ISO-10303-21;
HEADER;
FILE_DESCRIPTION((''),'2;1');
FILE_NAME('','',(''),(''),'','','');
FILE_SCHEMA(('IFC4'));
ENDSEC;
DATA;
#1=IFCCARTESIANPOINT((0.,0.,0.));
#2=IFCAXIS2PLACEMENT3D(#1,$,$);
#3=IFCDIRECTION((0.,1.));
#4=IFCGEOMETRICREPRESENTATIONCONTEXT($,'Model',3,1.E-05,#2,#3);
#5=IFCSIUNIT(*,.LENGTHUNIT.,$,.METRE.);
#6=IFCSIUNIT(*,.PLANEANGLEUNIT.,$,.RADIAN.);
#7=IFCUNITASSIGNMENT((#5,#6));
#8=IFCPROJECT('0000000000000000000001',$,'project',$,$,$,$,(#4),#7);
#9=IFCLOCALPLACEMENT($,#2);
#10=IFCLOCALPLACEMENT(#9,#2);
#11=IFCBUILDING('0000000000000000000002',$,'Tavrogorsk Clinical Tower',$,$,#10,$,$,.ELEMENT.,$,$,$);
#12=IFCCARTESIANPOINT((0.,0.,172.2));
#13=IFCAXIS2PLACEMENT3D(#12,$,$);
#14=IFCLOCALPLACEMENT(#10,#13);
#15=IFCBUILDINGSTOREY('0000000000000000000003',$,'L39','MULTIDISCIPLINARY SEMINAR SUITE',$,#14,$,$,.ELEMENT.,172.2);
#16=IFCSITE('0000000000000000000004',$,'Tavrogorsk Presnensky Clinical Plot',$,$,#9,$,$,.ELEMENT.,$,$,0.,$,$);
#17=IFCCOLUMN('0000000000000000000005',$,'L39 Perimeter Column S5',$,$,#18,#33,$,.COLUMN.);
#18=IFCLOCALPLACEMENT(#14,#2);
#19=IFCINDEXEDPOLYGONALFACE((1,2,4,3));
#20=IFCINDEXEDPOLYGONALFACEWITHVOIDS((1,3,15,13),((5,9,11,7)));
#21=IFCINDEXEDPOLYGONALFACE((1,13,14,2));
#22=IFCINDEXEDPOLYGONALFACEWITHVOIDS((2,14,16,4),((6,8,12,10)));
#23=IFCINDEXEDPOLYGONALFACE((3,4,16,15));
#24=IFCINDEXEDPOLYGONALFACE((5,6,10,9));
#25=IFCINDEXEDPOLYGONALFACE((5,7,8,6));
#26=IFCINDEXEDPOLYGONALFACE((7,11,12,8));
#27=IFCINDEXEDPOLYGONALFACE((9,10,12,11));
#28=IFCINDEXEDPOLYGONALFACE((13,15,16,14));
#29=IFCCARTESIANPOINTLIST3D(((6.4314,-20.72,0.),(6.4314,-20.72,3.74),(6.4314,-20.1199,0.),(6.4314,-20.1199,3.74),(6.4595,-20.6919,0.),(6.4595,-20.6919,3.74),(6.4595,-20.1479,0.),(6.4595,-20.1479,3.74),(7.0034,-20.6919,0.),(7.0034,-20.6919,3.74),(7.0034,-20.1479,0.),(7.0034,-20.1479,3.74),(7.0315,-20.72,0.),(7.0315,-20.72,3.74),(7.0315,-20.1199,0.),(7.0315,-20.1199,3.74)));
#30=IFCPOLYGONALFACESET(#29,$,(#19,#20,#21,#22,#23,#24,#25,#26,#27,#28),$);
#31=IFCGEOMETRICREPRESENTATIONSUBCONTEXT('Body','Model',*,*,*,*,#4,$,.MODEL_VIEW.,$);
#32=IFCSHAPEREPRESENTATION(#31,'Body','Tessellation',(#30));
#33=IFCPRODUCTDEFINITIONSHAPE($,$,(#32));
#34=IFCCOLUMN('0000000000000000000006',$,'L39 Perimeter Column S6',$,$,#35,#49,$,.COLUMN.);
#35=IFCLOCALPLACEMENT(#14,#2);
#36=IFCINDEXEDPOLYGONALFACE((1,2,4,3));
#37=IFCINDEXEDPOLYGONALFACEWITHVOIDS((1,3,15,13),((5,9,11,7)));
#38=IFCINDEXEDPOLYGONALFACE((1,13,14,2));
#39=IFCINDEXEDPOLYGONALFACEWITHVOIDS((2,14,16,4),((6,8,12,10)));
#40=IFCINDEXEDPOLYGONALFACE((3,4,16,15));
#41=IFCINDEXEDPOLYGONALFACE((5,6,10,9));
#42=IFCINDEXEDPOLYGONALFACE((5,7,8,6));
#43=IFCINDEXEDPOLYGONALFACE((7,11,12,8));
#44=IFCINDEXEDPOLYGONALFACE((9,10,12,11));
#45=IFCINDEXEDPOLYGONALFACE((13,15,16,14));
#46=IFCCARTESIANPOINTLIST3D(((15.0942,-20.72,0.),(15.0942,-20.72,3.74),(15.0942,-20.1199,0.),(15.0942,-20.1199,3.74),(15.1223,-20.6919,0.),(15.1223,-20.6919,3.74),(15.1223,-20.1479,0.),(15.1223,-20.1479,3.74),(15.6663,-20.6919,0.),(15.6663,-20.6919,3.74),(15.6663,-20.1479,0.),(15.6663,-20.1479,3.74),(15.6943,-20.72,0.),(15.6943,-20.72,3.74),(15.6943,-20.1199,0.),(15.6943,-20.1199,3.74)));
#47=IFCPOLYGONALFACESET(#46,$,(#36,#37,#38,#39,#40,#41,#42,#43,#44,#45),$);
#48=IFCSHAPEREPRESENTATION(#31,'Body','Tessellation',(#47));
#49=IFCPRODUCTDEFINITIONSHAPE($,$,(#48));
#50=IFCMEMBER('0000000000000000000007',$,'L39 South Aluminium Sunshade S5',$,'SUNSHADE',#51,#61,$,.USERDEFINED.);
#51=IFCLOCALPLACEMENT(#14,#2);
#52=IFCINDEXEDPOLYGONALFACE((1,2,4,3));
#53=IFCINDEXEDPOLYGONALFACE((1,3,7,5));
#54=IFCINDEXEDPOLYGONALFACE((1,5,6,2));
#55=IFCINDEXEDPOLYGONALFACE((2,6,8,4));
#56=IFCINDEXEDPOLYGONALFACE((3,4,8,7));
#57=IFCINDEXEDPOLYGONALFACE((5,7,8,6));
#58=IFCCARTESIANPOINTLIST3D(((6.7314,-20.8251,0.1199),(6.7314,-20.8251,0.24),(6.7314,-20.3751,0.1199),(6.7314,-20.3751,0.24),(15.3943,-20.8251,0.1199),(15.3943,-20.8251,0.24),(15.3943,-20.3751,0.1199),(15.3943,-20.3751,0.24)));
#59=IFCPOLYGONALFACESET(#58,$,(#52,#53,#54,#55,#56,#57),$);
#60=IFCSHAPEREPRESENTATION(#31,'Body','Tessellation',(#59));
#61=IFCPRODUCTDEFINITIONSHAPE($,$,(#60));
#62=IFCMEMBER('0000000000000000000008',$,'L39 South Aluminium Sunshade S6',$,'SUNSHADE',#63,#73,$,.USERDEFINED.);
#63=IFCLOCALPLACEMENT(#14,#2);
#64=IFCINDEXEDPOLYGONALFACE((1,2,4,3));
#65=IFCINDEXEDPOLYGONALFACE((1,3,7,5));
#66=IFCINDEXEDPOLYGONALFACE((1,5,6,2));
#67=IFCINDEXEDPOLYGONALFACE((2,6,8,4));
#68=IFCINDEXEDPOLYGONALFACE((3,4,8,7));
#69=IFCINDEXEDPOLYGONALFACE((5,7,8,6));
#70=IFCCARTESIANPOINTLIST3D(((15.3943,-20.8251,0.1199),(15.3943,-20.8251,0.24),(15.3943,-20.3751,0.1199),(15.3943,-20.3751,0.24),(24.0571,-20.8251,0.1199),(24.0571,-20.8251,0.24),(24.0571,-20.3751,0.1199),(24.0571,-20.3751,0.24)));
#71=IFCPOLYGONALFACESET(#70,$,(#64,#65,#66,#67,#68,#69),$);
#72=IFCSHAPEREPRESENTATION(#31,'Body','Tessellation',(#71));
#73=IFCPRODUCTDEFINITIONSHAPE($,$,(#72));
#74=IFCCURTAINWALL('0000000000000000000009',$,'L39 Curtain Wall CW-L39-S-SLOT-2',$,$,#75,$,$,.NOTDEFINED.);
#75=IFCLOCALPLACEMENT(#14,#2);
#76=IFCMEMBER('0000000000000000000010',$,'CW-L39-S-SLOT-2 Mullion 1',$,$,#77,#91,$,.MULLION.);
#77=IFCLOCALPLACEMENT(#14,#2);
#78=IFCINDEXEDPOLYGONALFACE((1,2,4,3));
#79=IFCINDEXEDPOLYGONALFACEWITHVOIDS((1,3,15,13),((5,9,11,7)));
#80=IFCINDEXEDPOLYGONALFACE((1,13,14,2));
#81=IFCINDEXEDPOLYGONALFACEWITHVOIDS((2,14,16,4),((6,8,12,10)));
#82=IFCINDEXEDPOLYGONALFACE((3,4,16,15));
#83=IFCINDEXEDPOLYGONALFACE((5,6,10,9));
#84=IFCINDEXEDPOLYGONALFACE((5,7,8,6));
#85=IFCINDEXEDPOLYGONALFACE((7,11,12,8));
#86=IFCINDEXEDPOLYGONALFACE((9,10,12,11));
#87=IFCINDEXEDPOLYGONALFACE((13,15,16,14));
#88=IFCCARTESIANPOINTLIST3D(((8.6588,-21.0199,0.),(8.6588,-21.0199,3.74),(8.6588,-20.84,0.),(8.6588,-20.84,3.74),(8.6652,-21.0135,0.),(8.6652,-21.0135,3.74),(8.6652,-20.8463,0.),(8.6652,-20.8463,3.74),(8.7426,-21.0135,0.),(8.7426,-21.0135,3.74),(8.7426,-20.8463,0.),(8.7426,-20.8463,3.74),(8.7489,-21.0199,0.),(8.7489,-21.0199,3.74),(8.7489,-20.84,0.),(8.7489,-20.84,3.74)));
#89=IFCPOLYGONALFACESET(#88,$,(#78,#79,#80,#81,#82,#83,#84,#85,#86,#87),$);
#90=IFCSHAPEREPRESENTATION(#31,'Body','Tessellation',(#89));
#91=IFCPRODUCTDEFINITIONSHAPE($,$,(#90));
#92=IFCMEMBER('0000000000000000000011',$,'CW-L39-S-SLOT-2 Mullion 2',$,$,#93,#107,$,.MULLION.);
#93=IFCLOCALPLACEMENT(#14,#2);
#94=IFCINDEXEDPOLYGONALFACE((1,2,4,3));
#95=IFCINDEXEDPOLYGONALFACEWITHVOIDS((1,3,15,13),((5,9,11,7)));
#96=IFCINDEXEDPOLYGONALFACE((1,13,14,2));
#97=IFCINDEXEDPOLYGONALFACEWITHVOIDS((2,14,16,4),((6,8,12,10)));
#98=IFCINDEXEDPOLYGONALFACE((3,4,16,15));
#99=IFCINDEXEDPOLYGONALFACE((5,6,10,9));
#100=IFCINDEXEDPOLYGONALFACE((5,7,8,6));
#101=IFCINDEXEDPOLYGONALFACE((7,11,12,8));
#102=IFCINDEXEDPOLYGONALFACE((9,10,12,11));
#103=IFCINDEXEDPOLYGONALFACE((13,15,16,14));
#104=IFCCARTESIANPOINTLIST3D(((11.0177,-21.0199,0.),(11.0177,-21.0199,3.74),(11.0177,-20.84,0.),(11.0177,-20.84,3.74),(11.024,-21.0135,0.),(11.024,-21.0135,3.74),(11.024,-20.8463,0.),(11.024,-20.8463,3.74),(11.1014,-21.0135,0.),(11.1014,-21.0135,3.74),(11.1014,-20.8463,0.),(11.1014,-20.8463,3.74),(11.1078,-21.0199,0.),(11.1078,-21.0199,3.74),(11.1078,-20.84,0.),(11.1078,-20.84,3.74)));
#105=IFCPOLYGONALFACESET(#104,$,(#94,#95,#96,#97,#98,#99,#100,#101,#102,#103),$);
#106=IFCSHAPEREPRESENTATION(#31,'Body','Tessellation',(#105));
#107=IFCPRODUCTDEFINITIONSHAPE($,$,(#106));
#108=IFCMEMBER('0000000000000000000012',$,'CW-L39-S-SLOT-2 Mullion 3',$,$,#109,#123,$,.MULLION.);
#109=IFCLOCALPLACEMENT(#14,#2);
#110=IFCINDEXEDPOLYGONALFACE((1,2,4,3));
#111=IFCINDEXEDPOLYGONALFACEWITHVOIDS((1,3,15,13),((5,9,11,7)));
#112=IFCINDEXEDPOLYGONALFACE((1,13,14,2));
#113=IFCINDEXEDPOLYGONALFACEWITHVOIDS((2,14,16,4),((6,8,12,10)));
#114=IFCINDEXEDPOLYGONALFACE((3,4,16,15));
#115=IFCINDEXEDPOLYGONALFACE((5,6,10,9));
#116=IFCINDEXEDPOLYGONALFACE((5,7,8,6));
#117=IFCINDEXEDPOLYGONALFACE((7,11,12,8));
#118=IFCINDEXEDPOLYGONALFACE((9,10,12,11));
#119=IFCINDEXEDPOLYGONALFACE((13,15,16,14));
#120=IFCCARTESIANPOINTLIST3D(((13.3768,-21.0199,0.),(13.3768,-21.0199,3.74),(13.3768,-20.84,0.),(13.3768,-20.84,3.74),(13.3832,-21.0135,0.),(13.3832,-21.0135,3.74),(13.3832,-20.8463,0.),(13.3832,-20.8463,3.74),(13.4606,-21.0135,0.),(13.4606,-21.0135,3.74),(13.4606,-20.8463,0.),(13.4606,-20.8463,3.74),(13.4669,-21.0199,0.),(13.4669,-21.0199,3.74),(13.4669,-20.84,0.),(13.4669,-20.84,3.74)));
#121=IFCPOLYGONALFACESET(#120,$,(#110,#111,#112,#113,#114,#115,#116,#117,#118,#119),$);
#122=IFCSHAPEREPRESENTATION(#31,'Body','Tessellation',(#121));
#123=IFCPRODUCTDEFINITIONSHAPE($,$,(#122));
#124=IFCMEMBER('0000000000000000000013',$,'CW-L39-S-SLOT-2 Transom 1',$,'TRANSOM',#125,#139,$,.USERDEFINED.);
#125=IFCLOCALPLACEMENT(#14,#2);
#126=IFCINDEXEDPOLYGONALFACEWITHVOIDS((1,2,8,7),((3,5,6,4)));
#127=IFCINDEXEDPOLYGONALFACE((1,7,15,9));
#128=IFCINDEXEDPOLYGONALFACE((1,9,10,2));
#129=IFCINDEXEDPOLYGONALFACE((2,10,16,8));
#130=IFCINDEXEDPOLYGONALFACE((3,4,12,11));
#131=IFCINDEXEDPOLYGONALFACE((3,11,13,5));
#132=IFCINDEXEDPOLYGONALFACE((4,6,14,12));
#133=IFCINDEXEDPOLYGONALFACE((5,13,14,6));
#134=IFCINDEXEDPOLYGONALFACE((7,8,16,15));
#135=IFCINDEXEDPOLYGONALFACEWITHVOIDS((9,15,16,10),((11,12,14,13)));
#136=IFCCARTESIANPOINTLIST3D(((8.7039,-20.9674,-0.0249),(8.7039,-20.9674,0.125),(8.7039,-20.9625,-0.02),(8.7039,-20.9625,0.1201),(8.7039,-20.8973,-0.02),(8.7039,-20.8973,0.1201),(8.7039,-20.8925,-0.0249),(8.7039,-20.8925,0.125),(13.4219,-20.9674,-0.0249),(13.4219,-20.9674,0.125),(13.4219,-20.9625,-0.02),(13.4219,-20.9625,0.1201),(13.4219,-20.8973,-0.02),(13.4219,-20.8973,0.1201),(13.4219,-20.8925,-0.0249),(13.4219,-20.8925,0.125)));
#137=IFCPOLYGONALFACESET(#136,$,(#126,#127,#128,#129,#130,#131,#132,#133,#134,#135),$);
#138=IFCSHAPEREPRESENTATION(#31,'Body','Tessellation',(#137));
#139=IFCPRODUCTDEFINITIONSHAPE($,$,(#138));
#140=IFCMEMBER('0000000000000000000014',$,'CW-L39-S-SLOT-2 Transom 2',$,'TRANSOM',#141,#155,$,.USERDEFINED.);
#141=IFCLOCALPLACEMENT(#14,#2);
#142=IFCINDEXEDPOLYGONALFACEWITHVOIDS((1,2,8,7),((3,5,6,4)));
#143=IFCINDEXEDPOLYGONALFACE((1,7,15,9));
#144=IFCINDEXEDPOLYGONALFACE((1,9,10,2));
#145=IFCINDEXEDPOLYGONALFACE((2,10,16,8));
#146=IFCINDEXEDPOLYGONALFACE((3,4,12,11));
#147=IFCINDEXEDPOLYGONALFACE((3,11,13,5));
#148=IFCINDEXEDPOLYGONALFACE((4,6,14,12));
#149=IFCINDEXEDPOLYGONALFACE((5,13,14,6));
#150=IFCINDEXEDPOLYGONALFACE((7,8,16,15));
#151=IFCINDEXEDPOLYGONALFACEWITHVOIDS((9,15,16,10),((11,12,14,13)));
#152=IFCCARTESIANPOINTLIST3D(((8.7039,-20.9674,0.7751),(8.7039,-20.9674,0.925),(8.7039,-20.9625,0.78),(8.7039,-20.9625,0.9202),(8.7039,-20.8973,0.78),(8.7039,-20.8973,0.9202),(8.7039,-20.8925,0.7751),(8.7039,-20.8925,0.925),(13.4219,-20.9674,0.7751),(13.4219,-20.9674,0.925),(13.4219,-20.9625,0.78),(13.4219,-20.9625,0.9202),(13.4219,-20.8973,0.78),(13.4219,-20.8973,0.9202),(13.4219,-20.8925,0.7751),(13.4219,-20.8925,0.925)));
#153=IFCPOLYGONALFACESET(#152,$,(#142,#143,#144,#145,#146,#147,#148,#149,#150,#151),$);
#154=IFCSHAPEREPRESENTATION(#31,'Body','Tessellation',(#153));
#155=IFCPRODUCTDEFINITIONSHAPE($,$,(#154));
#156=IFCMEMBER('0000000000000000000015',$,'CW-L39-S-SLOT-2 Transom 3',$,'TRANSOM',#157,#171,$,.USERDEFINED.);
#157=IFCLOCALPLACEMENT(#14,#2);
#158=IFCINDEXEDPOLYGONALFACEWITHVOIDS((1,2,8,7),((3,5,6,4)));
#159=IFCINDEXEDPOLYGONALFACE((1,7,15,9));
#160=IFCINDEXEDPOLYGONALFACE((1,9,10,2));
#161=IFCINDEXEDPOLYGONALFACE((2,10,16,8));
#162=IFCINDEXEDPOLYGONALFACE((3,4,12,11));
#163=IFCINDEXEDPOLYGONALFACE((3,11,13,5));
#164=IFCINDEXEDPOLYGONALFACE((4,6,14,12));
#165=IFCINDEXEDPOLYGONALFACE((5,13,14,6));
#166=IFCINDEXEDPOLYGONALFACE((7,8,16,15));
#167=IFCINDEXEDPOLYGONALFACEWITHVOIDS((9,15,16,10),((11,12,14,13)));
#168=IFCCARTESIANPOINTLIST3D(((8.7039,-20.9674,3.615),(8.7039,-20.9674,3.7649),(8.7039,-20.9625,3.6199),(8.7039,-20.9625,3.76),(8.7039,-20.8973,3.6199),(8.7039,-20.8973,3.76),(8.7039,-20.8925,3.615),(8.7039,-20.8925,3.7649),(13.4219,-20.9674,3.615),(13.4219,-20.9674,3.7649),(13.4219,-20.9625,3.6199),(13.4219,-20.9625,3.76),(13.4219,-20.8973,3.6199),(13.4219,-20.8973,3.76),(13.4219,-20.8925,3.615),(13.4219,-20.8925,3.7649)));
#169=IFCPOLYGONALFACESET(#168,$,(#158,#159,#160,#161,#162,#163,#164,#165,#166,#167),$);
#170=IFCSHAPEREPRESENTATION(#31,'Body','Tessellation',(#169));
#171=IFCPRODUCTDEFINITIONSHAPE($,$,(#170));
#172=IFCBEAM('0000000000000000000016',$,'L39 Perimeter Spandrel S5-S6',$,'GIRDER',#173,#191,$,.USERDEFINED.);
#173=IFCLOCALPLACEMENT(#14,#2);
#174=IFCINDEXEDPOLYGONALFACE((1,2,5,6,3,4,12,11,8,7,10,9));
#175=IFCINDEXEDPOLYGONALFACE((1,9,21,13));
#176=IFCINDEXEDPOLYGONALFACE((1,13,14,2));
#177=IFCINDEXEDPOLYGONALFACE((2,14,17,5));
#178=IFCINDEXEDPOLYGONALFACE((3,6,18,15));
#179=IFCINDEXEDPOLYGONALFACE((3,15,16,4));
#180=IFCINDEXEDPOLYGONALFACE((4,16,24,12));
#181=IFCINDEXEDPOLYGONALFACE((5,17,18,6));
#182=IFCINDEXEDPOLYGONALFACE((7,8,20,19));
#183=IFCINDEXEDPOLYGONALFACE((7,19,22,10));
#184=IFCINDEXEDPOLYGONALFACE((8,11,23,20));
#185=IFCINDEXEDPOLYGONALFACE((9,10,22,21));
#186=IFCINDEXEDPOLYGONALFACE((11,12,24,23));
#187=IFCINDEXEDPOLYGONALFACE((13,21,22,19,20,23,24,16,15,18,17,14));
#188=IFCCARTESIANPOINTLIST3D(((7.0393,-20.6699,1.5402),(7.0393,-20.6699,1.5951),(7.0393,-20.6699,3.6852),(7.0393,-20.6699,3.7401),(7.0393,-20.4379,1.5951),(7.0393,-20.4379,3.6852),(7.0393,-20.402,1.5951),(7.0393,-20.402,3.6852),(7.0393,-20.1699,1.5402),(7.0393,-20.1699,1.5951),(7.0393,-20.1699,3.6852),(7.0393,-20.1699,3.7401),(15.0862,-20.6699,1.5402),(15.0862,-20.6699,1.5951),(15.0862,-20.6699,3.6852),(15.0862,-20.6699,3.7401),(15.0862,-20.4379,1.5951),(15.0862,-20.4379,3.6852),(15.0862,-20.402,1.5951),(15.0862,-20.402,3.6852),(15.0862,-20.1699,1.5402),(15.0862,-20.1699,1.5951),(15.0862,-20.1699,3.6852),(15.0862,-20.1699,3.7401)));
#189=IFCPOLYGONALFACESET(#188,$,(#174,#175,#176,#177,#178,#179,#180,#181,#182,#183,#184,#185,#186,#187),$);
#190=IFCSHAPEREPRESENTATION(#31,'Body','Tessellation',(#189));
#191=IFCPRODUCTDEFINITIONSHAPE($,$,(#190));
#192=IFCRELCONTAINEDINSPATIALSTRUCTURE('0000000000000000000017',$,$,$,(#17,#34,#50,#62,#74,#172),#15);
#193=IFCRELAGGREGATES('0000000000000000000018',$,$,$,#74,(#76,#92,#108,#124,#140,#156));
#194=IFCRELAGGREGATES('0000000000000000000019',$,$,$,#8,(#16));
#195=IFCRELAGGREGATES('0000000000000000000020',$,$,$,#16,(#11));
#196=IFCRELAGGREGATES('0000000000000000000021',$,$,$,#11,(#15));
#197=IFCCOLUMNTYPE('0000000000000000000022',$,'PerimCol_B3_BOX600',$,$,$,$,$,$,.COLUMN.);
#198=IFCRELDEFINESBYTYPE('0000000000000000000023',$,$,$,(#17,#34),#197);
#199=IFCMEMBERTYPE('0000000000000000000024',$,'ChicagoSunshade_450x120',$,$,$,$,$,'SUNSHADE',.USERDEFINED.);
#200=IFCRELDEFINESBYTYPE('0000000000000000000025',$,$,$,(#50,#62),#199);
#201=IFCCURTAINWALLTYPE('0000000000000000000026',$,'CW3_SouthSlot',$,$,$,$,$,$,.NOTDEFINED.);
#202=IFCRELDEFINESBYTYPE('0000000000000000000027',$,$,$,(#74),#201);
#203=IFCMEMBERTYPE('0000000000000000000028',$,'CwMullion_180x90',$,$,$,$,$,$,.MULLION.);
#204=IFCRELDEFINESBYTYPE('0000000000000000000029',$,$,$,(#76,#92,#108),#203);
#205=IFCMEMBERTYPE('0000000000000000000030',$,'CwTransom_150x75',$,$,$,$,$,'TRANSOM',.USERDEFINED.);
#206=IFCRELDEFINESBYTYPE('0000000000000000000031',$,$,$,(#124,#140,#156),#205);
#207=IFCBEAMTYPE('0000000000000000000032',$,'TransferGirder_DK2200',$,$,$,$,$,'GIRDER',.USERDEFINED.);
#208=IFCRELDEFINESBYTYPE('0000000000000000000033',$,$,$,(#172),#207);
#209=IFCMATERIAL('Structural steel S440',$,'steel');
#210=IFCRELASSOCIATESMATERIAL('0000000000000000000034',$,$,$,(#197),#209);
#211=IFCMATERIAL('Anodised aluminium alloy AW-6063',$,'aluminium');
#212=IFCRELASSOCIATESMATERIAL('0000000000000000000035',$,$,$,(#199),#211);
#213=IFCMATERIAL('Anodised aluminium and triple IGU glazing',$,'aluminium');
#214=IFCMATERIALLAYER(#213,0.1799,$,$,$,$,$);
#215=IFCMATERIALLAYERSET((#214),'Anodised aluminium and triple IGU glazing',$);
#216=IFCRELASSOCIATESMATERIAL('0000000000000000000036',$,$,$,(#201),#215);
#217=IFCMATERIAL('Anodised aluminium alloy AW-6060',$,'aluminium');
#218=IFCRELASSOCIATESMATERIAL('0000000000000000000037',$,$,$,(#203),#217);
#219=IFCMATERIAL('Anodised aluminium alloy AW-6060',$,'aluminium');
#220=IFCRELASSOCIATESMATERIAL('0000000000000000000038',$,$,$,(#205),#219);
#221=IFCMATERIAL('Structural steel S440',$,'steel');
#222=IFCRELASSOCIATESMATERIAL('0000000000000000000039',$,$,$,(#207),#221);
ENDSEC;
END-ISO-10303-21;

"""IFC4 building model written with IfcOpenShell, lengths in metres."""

from ifc_helpers import new_model, si_unit, direction, frame, origin, origin_2d, place, context, subcontext, project, spatial, rectangle, hollow_rectangle, i_section, extrude, material, layer, layer_set, material_profile, profile_set, type_object, element, aggregate, save


model = new_model("IFC4")

# Units and contexts
model_context = context("Model", 3, precision=1e-05, world=origin(), true_north=direction((0.0, 1.0)))
body_context = subcontext(model_context, "Body", "Model", "MODEL_VIEW")
ifc_project = project(units=[si_unit("LENGTHUNIT", "METRE"), si_unit("PLANEANGLEUNIT", "RADIAN")], contexts=[model_context])

# Site, building, storey
site_placement = place(None, origin())
site = spatial("IfcSite", under=ifc_project, at=site_placement, Name="Tavrogorsk Presnensky Clinical Plot", CompositionType="ELEMENT", RefElevation=0.0)
building_placement = place(site_placement, origin())
building = spatial("IfcBuilding", under=site, at=building_placement, Name="Tavrogorsk Clinical Tower", CompositionType="ELEMENT")
storey_placement = place(building_placement, frame((0.0, 0.0, 172.2)))
storey = spatial("IfcBuildingStorey", under=building, at=storey_placement, Name="L39", Description="MULTIDISCIPLINARY SEMINAR SUITE", CompositionType="ELEMENT", Elevation=172.2)

# Columns
ifc_material_1 = material(Name="Structural steel S440", Category="steel")
ifc_material_profile_1 = material_profile(ifc_material_1, hollow_rectangle(XDim=0.6001, YDim=0.6001, WallThickness=0.0281, at=origin_2d()), Name="BOX-600x600x28")
ifc_profile_set_1 = profile_set([ifc_material_profile_1], Name="Structural steel S440")
column_type = type_object("IfcColumnType", Name="PerimCol_B3_BOX600", PredefinedType="COLUMN", material=ifc_profile_set_1)
for number, where, z_axis, x_axis, name in (
    (1, (6.7314, -20.4199, 0.0), (0.0, 0.0, 1.0), (1.0, 0.0, 0.0), "L39 Perimeter Column S5"),
    (2, (15.3943, -20.4199, 0.0), (0.0, 0.0, 1.0), (1.0, 0.0, 0.0), "L39 Perimeter Column S6"),
):
    element("IfcColumn", number, at=place(storey_placement, frame(where, z_axis=z_axis, x_axis=x_axis)), inside=storey, type_object=column_type, Name=name, PredefinedType="COLUMN", context=body_context, shape_type="SweptSolid", body=[
        extrude(hollow_rectangle(XDim=0.6001, YDim=0.6001, WallThickness=0.0281, at=origin_2d()), origin(), (0.0, 0.0, 1.0), 3.74),
    ])

# Members
ifc_material_2 = material(Name="Anodised aluminium alloy AW-6063", Category="aluminium")
ifc_material_profile_2 = material_profile(ifc_material_2, rectangle(XDim=0.45, YDim=0.1201, at=origin_2d()), Name="ALU-SUNSHADE-450x120")
ifc_profile_set_2 = profile_set([ifc_material_profile_2], Name="Anodised aluminium alloy AW-6063")
member_type_1 = type_object("IfcMemberType", Name="ChicagoSunshade_450x120", ElementType="SUNSHADE", PredefinedType="USERDEFINED", material=ifc_profile_set_2)
for number, where, z_axis, x_axis, name in (
    (3, (6.7314, -20.6001, 0.1799), (1.0, 0.0, 0.0), (0.0, 1.0, 0.0), "L39 South Aluminium Sunshade S5"),
    (4, (15.3943, -20.6001, 0.1799), (1.0, 0.0, 0.0), (0.0, 1.0, 0.0), "L39 South Aluminium Sunshade S6"),
):
    element("IfcMember", number, at=place(storey_placement, frame(where, z_axis=z_axis, x_axis=x_axis)), inside=storey, type_object=member_type_1, Name=name, ObjectType="SUNSHADE", PredefinedType="USERDEFINED", context=body_context, shape_type="SweptSolid", body=[
        extrude(rectangle(XDim=0.45, YDim=0.1201, at=origin_2d()), origin(), (0.0, 0.0, 1.0), 8.6628),
    ])

# Curtain wall, members
ifc_material_3 = material(Name="Anodised aluminium and triple IGU glazing", Category="aluminium")
ifc_layer_1 = layer(ifc_material_3, 0.1799)
ifc_layer_set_1 = layer_set([ifc_layer_1], Name="Anodised aluminium and triple IGU glazing")
curtain_wall_type = type_object("IfcCurtainWallType", Name="CW3_SouthSlot", PredefinedType="NOTDEFINED", material=ifc_layer_set_1)
curtain_wall_placement = place(storey_placement, origin())
curtain_wall = element("IfcCurtainWall", 5, at=curtain_wall_placement, inside=storey, type_object=curtain_wall_type, Name="L39 Curtain Wall CW-L39-S-SLOT-2", PredefinedType="NOTDEFINED")
ifc_material_4 = material(Name="Anodised aluminium alloy AW-6060", Category="aluminium")
ifc_material_profile_3 = material_profile(ifc_material_4, hollow_rectangle(XDim=0.0901, YDim=0.1799, WallThickness=0.0063, at=origin_2d()), Name="RHS-180x90x6.3")
ifc_profile_set_3 = profile_set([ifc_material_profile_3], Name="Anodised aluminium alloy AW-6060")
member_type_2 = type_object("IfcMemberType", Name="CwMullion_180x90", PredefinedType="MULLION", material=ifc_profile_set_3)
member_1_placement = place(storey_placement, frame((8.7039, -20.9299, 0.0), z_axis=(0.0, 0.0, 1.0), x_axis=(1.0, 0.0, 0.0)))
member_1 = element("IfcMember", 6, at=member_1_placement, type_object=member_type_2, Name="CW-L39-S-SLOT-2 Mullion 1", PredefinedType="MULLION", context=body_context, shape_type="SweptSolid", body=[
    extrude(hollow_rectangle(XDim=0.0901, YDim=0.1799, WallThickness=0.0063, at=origin_2d()), origin(), (0.0, 0.0, 1.0), 3.74),
])
member_2_placement = place(storey_placement, frame((11.0627, -20.9299, 0.0), z_axis=(0.0, 0.0, 1.0), x_axis=(1.0, 0.0, 0.0)))
member_2 = element("IfcMember", 7, at=member_2_placement, type_object=member_type_2, Name="CW-L39-S-SLOT-2 Mullion 2", PredefinedType="MULLION", context=body_context, shape_type="SweptSolid", body=[
    extrude(hollow_rectangle(XDim=0.0901, YDim=0.1799, WallThickness=0.0063, at=origin_2d()), origin(), (0.0, 0.0, 1.0), 3.74),
])
member_3_placement = place(storey_placement, frame((13.4219, -20.9299, 0.0), z_axis=(0.0, 0.0, 1.0), x_axis=(1.0, 0.0, 0.0)))
member_3 = element("IfcMember", 8, at=member_3_placement, type_object=member_type_2, Name="CW-L39-S-SLOT-2 Mullion 3", PredefinedType="MULLION", context=body_context, shape_type="SweptSolid", body=[
    extrude(hollow_rectangle(XDim=0.0901, YDim=0.1799, WallThickness=0.0063, at=origin_2d()), origin(), (0.0, 0.0, 1.0), 3.74),
])
ifc_material_5 = material(Name="Anodised aluminium alloy AW-6060", Category="aluminium")
ifc_material_profile_4 = material_profile(ifc_material_5, hollow_rectangle(XDim=0.075, YDim=0.1499, WallThickness=0.0049, at=origin_2d()), Name="RHS-150x75x5")
ifc_profile_set_4 = profile_set([ifc_material_profile_4], Name="Anodised aluminium alloy AW-6060")
member_type_3 = type_object("IfcMemberType", Name="CwTransom_150x75", ElementType="TRANSOM", PredefinedType="USERDEFINED", material=ifc_profile_set_4)
member_4_placement = place(storey_placement, frame((8.7039, -20.9299, 0.05), z_axis=(1.0, 0.0, 0.0), x_axis=(0.0, 1.0, 0.0)))
member_4 = element("IfcMember", 9, at=member_4_placement, type_object=member_type_3, Name="CW-L39-S-SLOT-2 Transom 1", ObjectType="TRANSOM", PredefinedType="USERDEFINED", context=body_context, shape_type="SweptSolid", body=[
    extrude(hollow_rectangle(XDim=0.075, YDim=0.1499, WallThickness=0.0049, at=origin_2d()), origin(), (0.0, 0.0, 1.0), 4.718),
])
member_5_placement = place(storey_placement, frame((8.7039, -20.9299, 0.8501), z_axis=(1.0, 0.0, 0.0), x_axis=(0.0, 1.0, 0.0)))
member_5 = element("IfcMember", 10, at=member_5_placement, type_object=member_type_3, Name="CW-L39-S-SLOT-2 Transom 2", ObjectType="TRANSOM", PredefinedType="USERDEFINED", context=body_context, shape_type="SweptSolid", body=[
    extrude(hollow_rectangle(XDim=0.075, YDim=0.1499, WallThickness=0.0049, at=origin_2d()), origin(), (0.0, 0.0, 1.0), 4.718),
])
member_6_placement = place(storey_placement, frame((8.7039, -20.9299, 3.6899), z_axis=(1.0, 0.0, 0.0), x_axis=(0.0, 1.0, 0.0)))
member_6 = element("IfcMember", 11, at=member_6_placement, type_object=member_type_3, Name="CW-L39-S-SLOT-2 Transom 3", ObjectType="TRANSOM", PredefinedType="USERDEFINED", context=body_context, shape_type="SweptSolid", body=[
    extrude(hollow_rectangle(XDim=0.075, YDim=0.1499, WallThickness=0.0049, at=origin_2d()), origin(), (0.0, 0.0, 1.0), 4.718),
])

# Beam
ifc_material_6 = material(Name="Structural steel S440", Category="steel")
ifc_material_profile_5 = material_profile(ifc_material_6, i_section(OverallWidth=0.5, OverallDepth=2.2, WebThickness=0.0359, FlangeThickness=0.0549, at=origin_2d()), Name="DK-2200x500x36x55")
ifc_profile_set_5 = profile_set([ifc_material_profile_5], Name="Structural steel S440")
beam_type = type_object("IfcBeamType", Name="TransferGirder_DK2200", ElementType="GIRDER", PredefinedType="USERDEFINED", material=ifc_profile_set_5)
beam_placement = place(storey_placement, frame((7.0393, -20.4199, 2.6401), z_axis=(1.0, 0.0, 0.0), x_axis=(0.0, 1.0, 0.0)))
element("IfcBeam", 12, at=beam_placement, inside=storey, type_object=beam_type, Name="L39 Perimeter Spandrel S5-S6", ObjectType="GIRDER", PredefinedType="USERDEFINED", context=body_context, shape_type="SweptSolid", body=[
    extrude(i_section(OverallWidth=0.5, OverallDepth=2.2, WebThickness=0.0359, FlangeThickness=0.0549, at=origin_2d()), origin(), (0.0, 0.0, 1.0), 8.0469),
])

aggregate(curtain_wall, [member_1, member_2, member_3, member_4, member_5, member_6])

save(model, "model.ifc")
